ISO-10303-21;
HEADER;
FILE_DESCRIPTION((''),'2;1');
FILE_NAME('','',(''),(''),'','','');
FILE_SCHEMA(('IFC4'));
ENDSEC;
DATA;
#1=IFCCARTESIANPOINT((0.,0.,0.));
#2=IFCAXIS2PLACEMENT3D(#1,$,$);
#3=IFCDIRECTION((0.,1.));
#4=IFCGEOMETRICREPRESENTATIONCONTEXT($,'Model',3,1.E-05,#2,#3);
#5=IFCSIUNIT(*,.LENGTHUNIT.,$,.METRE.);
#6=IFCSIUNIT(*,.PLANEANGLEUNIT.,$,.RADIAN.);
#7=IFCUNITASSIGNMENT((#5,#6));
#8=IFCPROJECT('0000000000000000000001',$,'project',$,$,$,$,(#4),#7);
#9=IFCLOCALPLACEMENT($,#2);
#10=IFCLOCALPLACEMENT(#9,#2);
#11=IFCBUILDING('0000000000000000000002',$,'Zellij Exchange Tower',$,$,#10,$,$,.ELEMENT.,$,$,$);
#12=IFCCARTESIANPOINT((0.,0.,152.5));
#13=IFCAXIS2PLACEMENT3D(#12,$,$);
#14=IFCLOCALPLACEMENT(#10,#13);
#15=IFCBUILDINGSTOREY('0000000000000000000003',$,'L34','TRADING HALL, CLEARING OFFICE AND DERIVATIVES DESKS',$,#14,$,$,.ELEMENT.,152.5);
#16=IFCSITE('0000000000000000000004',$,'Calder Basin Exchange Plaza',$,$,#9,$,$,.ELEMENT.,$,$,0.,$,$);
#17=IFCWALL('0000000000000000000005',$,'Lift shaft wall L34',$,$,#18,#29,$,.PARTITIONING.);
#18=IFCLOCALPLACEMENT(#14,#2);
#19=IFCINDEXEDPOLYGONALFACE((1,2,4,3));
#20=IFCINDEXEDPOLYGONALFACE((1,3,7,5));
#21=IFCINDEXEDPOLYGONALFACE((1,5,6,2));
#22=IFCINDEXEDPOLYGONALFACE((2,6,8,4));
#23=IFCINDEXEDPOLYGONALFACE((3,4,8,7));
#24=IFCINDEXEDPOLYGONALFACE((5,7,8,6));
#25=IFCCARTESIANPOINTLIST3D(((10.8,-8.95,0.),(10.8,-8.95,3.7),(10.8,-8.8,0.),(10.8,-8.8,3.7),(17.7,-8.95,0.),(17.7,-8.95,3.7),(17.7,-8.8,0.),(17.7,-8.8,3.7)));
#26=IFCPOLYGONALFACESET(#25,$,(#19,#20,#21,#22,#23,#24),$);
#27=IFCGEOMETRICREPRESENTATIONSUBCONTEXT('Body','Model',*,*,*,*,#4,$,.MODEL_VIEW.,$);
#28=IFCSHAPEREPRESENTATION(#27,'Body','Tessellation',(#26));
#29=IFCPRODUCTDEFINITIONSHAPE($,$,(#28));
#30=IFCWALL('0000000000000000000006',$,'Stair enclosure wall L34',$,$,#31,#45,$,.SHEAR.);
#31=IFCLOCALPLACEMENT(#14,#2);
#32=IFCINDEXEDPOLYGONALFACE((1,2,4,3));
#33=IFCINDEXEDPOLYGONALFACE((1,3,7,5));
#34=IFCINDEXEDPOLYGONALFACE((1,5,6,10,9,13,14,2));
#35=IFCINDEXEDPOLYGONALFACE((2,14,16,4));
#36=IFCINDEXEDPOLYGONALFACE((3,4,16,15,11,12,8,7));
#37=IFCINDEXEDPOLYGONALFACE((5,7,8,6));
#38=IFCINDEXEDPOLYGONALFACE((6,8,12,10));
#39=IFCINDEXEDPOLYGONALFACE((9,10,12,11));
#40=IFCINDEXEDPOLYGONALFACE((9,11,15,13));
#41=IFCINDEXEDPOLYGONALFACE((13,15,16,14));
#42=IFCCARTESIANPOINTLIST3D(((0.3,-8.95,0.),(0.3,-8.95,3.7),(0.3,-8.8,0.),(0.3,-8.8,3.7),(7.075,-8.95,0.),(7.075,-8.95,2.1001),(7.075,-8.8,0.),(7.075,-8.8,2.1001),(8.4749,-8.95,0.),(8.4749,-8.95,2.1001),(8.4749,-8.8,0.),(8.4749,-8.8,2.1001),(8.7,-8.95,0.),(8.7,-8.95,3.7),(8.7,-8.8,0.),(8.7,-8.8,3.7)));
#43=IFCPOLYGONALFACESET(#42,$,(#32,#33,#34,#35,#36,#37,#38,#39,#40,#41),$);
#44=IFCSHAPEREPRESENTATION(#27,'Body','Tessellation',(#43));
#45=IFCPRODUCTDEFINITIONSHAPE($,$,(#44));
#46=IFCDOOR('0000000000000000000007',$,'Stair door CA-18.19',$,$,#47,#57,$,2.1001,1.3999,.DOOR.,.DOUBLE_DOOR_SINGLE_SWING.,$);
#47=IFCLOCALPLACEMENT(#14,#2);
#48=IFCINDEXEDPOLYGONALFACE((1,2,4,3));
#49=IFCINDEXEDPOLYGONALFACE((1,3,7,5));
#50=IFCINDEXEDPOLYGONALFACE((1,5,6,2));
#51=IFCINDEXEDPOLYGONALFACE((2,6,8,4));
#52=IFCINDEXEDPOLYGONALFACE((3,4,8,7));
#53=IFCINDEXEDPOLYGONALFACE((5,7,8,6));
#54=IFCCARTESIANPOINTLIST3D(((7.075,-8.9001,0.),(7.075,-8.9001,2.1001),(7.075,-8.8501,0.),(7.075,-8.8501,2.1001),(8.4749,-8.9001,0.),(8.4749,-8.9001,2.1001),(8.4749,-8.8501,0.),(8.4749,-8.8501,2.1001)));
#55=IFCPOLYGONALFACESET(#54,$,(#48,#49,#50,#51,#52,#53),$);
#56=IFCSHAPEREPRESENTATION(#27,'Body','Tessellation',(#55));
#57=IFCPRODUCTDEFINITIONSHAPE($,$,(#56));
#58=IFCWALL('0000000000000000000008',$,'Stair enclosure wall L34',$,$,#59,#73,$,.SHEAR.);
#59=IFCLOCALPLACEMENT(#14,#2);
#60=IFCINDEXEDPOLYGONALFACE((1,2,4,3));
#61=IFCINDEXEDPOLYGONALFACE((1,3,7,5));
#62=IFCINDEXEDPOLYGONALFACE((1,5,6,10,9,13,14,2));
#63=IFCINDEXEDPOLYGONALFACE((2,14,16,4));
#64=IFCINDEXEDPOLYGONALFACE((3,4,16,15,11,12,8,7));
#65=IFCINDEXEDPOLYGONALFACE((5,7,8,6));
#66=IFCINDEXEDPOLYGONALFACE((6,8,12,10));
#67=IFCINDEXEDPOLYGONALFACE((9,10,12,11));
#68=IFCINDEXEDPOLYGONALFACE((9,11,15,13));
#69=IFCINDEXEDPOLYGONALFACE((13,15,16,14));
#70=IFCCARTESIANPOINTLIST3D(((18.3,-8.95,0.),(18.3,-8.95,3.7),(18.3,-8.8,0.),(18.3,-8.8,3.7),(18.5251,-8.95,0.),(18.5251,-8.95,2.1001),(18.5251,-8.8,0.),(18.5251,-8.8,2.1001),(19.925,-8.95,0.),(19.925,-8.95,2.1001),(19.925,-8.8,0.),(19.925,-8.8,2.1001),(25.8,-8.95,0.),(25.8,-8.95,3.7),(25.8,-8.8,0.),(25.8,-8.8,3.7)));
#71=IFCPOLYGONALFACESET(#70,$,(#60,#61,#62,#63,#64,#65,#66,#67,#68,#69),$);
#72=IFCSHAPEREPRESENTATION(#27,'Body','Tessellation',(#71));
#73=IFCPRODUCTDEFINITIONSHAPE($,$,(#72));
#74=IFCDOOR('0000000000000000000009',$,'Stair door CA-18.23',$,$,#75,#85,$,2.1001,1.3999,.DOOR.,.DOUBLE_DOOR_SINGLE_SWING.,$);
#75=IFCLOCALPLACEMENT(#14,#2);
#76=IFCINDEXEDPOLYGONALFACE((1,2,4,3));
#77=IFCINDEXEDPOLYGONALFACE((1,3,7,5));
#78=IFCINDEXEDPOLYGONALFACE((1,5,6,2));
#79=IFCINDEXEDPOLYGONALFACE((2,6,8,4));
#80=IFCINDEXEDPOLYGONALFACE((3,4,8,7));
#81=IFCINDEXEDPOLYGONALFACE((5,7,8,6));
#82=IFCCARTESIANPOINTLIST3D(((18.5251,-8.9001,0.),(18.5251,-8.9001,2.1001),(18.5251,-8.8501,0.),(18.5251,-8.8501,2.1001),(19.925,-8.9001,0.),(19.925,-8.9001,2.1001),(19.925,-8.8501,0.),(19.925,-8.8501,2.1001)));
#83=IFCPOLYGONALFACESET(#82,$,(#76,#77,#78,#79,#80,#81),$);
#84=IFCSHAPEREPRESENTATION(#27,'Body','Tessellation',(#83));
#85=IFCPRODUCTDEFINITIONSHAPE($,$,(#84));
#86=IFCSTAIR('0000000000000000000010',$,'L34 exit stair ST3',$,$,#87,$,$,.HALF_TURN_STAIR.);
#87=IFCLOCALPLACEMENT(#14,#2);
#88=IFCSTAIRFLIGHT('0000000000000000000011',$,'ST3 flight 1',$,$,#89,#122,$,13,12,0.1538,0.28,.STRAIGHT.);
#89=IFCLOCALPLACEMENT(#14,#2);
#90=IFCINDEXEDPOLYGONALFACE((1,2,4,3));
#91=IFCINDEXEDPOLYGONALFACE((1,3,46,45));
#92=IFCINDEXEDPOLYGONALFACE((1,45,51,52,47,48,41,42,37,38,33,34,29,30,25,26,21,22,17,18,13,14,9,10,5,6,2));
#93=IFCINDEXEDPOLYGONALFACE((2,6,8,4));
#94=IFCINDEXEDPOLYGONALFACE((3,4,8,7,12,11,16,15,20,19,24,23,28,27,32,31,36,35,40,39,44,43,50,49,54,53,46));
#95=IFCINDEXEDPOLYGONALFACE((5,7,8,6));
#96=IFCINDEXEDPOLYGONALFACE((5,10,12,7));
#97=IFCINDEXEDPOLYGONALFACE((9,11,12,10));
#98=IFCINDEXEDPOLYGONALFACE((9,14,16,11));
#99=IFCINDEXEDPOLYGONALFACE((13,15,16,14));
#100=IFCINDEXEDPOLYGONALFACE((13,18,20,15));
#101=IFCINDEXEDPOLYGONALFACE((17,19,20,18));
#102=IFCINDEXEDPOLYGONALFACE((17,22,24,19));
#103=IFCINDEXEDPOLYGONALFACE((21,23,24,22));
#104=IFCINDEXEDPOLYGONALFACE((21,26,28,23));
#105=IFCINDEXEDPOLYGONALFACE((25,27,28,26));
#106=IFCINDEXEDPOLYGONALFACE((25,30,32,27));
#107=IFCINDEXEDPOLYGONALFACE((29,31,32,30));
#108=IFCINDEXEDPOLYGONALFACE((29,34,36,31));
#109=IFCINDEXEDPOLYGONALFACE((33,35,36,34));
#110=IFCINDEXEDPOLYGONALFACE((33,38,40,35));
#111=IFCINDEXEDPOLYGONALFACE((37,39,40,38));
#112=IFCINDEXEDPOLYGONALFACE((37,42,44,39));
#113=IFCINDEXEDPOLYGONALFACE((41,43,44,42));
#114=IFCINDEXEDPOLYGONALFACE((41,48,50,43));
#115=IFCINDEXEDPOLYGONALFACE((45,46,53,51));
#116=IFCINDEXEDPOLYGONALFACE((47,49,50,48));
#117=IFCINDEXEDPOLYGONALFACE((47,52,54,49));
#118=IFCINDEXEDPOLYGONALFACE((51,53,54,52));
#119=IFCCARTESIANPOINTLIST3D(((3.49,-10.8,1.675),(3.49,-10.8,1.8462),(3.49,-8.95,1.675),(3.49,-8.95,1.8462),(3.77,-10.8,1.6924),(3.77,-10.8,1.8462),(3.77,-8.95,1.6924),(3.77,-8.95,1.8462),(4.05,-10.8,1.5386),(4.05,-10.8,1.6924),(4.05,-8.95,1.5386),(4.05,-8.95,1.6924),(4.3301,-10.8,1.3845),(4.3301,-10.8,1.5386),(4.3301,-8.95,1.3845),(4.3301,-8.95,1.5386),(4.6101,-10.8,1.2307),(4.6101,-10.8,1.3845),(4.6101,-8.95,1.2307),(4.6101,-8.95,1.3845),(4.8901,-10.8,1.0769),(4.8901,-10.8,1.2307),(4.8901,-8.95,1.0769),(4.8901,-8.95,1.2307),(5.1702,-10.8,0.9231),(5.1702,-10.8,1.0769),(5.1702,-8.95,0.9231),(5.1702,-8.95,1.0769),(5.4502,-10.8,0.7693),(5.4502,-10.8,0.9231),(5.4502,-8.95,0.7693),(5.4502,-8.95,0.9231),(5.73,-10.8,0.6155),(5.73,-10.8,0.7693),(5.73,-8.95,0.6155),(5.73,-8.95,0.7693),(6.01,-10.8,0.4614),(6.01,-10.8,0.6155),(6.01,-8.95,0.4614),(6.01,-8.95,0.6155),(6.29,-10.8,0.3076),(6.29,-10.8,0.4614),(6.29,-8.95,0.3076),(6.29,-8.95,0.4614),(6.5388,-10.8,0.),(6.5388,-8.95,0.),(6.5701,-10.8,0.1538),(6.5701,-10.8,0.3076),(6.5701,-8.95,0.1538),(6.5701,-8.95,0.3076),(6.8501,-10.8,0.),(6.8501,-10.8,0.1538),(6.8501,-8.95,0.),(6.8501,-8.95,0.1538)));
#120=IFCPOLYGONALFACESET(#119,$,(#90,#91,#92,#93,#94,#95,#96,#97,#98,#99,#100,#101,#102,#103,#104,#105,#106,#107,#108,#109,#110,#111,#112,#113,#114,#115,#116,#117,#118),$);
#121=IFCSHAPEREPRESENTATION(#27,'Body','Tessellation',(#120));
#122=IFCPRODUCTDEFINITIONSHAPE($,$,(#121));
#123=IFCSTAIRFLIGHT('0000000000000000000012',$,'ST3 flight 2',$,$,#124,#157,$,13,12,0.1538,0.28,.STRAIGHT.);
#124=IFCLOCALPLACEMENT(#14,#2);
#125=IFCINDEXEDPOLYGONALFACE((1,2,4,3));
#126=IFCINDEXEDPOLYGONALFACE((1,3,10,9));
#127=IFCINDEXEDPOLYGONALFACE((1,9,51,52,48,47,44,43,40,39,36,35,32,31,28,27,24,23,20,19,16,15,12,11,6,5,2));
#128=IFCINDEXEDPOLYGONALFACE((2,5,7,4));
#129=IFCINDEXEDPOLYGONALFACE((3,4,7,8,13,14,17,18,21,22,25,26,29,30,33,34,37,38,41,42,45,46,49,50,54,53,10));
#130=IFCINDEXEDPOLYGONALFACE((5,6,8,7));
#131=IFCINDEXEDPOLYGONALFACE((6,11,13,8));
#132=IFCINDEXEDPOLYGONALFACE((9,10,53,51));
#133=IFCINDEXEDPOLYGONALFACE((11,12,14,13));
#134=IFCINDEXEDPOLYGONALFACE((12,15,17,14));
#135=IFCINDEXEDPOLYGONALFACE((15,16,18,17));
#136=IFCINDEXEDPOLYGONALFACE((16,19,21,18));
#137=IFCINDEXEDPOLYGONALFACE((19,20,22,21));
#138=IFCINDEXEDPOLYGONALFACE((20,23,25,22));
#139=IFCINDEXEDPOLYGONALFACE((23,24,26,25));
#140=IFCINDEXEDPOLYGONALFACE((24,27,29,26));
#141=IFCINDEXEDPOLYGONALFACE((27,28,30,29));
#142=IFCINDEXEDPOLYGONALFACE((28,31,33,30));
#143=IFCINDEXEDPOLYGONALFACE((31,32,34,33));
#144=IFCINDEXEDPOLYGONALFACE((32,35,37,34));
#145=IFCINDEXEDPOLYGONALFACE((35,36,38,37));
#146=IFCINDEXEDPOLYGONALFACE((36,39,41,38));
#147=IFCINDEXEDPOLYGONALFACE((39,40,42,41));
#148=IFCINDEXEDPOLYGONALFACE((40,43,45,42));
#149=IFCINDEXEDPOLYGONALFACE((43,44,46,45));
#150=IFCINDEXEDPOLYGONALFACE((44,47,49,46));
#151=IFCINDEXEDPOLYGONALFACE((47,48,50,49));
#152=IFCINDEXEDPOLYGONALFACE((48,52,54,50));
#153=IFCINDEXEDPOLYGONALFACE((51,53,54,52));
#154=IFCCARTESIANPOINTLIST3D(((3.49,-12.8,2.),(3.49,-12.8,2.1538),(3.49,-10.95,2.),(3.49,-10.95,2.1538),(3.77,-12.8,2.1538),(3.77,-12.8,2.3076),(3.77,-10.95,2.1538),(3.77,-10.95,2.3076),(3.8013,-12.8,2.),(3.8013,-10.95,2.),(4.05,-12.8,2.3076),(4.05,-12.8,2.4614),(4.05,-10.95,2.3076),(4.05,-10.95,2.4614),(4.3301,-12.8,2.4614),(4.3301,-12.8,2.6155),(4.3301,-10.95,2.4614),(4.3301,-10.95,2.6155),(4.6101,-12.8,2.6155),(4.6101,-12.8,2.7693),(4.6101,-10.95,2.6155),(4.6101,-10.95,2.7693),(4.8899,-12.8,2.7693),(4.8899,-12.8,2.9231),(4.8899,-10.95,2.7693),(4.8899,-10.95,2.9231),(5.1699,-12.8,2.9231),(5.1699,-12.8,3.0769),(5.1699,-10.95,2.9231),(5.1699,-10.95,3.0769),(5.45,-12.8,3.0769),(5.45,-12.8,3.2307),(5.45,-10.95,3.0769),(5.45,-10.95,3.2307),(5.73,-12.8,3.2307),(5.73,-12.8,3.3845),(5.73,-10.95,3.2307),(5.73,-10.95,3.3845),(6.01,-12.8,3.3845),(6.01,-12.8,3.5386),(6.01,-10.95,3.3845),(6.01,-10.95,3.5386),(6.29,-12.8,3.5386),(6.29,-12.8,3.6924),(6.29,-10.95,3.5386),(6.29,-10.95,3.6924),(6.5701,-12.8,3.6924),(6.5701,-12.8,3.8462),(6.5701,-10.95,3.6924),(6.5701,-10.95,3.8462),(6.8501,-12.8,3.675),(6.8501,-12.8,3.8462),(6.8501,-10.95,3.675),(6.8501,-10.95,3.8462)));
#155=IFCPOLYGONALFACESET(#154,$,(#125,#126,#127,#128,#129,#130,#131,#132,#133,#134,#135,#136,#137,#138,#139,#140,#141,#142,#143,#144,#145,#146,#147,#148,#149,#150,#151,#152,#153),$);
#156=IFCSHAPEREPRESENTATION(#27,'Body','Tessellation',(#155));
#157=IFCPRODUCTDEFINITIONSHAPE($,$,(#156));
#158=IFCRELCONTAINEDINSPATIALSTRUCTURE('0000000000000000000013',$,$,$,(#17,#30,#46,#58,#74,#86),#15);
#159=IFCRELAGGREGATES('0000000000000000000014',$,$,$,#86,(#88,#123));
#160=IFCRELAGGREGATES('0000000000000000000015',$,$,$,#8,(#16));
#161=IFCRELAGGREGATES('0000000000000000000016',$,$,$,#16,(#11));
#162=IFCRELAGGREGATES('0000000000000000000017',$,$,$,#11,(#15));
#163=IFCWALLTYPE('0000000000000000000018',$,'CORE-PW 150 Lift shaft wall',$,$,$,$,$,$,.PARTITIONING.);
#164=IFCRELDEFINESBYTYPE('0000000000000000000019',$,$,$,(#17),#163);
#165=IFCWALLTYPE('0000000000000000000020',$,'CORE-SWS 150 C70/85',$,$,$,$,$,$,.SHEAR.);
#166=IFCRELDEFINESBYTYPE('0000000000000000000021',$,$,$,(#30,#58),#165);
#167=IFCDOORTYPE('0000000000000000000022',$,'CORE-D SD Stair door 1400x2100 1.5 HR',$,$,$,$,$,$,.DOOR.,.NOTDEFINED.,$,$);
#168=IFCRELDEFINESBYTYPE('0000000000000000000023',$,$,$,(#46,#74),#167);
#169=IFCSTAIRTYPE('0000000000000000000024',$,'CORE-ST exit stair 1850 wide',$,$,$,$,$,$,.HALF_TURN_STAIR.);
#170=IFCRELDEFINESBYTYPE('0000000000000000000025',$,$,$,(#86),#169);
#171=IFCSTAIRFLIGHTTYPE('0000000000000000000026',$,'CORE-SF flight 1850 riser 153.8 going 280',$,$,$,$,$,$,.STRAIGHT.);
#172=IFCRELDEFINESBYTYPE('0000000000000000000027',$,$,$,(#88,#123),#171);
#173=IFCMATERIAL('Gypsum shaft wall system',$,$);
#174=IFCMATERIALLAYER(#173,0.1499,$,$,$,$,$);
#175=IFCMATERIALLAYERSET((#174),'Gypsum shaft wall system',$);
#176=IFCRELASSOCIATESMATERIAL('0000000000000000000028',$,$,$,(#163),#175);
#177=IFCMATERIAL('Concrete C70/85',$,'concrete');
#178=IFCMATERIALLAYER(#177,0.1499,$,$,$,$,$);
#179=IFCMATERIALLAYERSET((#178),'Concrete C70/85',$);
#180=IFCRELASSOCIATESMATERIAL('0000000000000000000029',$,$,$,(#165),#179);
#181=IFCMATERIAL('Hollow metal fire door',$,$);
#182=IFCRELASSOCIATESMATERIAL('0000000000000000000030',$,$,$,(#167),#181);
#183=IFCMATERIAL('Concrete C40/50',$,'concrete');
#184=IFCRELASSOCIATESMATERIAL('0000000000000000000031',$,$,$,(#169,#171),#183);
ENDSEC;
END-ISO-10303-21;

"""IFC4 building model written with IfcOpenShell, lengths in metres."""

from ifc_helpers import new_model, si_unit, direction, frame, frame_2d, origin, place, context, subcontext, project, spatial, polyline, rectangle, outline, extrude, material, layer, layer_set, type_object, element, fill, aggregate, save


model = new_model("IFC4")

# Units and contexts
model_context = context("Model", 3, precision=1e-05, world=origin(), true_north=direction((0.0, 1.0)))
body_context = subcontext(model_context, "Body", "Model", "MODEL_VIEW")
ifc_project = project(units=[si_unit("LENGTHUNIT", "METRE"), si_unit("PLANEANGLEUNIT", "RADIAN")], contexts=[model_context])

# Site, building, storey
site_placement = place(None, origin())
site = spatial("IfcSite", under=ifc_project, at=site_placement, Name="Calder Basin Exchange Plaza", CompositionType="ELEMENT", RefElevation=0.0)
building_placement = place(site_placement, origin())
building = spatial("IfcBuilding", under=site, at=building_placement, Name="Zellij Exchange Tower", CompositionType="ELEMENT")
storey_placement = place(building_placement, frame((0.0, 0.0, 152.5)))
storey = spatial("IfcBuildingStorey", under=building, at=storey_placement, Name="L34", Description="TRADING HALL, CLEARING OFFICE AND DERIVATIVES DESKS", CompositionType="ELEMENT", Elevation=152.5)

# Shared definitions
ifc_material_1 = material(Name="Concrete C70/85", Category="concrete")

# Shared definitions
ifc_material_2 = material(Name="Gypsum shaft wall system")
ifc_material_3 = material(Name="Hollow metal fire door")

# Shared definitions
ifc_layer_1 = layer(ifc_material_2, 0.1499)
ifc_layer_set_1 = layer_set([ifc_layer_1], Name="Gypsum shaft wall system")
wall_type_1 = type_object("IfcWallType", Name="CORE-PW 150 Lift shaft wall", PredefinedType="PARTITIONING", material=ifc_layer_set_1)

# Wall
wall_1_placement = place(storey_placement, frame((10.8, -8.875, 0.0), z_axis=(0.0, 0.0, 1.0), x_axis=(1.0, 0.0, 0.0)))
element("IfcWall", 1, at=wall_1_placement, inside=storey, type_object=wall_type_1, Name="Lift shaft wall L34", PredefinedType="PARTITIONING", context=body_context, shape_type="SweptSolid", body=[
    extrude(rectangle(XDim=6.8999, YDim=0.1499, at=frame_2d((3.45, 0.0))), origin(), (0.0, 0.0, 1.0), 3.7),
])

# Walls, openings, doors
ifc_layer_2 = layer(ifc_material_1, 0.1499)
ifc_layer_set_2 = layer_set([ifc_layer_2], Name="Concrete C70/85")
wall_type_2 = type_object("IfcWallType", Name="CORE-SWS 150 C70/85", PredefinedType="SHEAR", material=ifc_layer_set_2)
wall_2_placement = place(storey_placement, frame((0.3, -8.875, 0.0), z_axis=(0.0, 0.0, 1.0), x_axis=(1.0, 0.0, 0.0)))
wall_2 = element("IfcWall", 2, at=wall_2_placement, inside=storey, type_object=wall_type_2, Name="Stair enclosure wall L34", PredefinedType="SHEAR", context=body_context, shape_type="SweptSolid", body=[
    extrude(rectangle(XDim=8.3999, YDim=0.1499, at=frame_2d((4.2, 0.0))), origin(), (0.0, 0.0, 1.0), 3.7),
])
opening_1_placement = place(wall_2_placement, frame((6.7749, 0.0, 0.0)))
opening_1 = element("IfcOpeningElement", 3, at=opening_1_placement, cuts=wall_2, PredefinedType="OPENING", context=body_context, shape_type="SweptSolid", body=[
    extrude(rectangle(XDim=1.3999, YDim=2.1001, at=frame_2d((0.7, 1.05))), frame((0.0, 0.0869, 0.0), z_axis=(0.0, -1.0, 0.0), x_axis=(1.0, 0.0, 0.0)), (0.0, 0.0, 1.0), 0.1738),
])
door_type_1 = type_object("IfcDoorType", Name="CORE-D SD Stair door 1400x2100 1.5 HR", OperationType="NOTDEFINED", PredefinedType="DOOR", material=ifc_material_3)
door_1_placement = place(opening_1_placement, origin())
door_1 = element("IfcDoor", 4, at=door_1_placement, inside=storey, type_object=door_type_1, Name="Stair door CA-18.19", OperationType="DOUBLE_DOOR_SINGLE_SWING", OverallHeight=2.1001, OverallWidth=1.3999, PredefinedType="DOOR", context=body_context, shape_type="SweptSolid", body=[
    extrude(rectangle(XDim=1.3999, YDim=2.1001, at=frame_2d((0.7, 1.05))), frame((0.0, 0.0249, 0.0), z_axis=(0.0, -1.0, 0.0), x_axis=(1.0, 0.0, 0.0)), (0.0, 0.0, 1.0), 0.05),
])
fill(opening_1, door_1)
wall_3_placement = place(storey_placement, frame((18.3, -8.875, 0.0), z_axis=(0.0, 0.0, 1.0), x_axis=(1.0, 0.0, 0.0)))
wall_3 = element("IfcWall", 5, at=wall_3_placement, inside=storey, type_object=wall_type_2, Name="Stair enclosure wall L34", PredefinedType="SHEAR", context=body_context, shape_type="SweptSolid", body=[
    extrude(rectangle(XDim=7.5, YDim=0.1499, at=frame_2d((3.75, 0.0))), origin(), (0.0, 0.0, 1.0), 3.7),
])
opening_2_placement = place(wall_3_placement, frame((0.2251, 0.0, 0.0)))
opening_2 = element("IfcOpeningElement", 6, at=opening_2_placement, cuts=wall_3, PredefinedType="OPENING", context=body_context, shape_type="SweptSolid", body=[
    extrude(rectangle(XDim=1.3999, YDim=2.1001, at=frame_2d((0.7, 1.05))), frame((0.0, 0.0869, 0.0), z_axis=(0.0, -1.0, 0.0), x_axis=(1.0, 0.0, 0.0)), (0.0, 0.0, 1.0), 0.1738),
])
door_2_placement = place(opening_2_placement, origin())
door_2 = element("IfcDoor", 7, at=door_2_placement, inside=storey, type_object=door_type_1, Name="Stair door CA-18.23", OperationType="DOUBLE_DOOR_SINGLE_SWING", OverallHeight=2.1001, OverallWidth=1.3999, PredefinedType="DOOR", context=body_context, shape_type="SweptSolid", body=[
    extrude(rectangle(XDim=1.3999, YDim=2.1001, at=frame_2d((0.7, 1.05))), frame((0.0, 0.0249, 0.0), z_axis=(0.0, -1.0, 0.0), x_axis=(1.0, 0.0, 0.0)), (0.0, 0.0, 1.0), 0.05),
])
fill(opening_2, door_2)

# Stair, stair flights
ifc_material_4 = material(Name="Concrete C40/50", Category="concrete")
stair_type = type_object("IfcStairType", Name="CORE-ST exit stair 1850 wide", PredefinedType="HALF_TURN_STAIR", material=ifc_material_4)
stair_1_placement = place(storey_placement, origin())
stair_1 = element("IfcStair", 8, at=stair_1_placement, inside=storey, type_object=stair_type, Name="L34 exit stair ST3", PredefinedType="HALF_TURN_STAIR")
stair_flight_type = type_object("IfcStairFlightType", Name="CORE-SF flight 1850 riser 153.8 going 280", PredefinedType="STRAIGHT", material=ifc_material_4)
stair_flight_1_placement = place(storey_placement, frame((6.8501, -9.875, 0.0), z_axis=(0.0, 0.0, 1.0), x_axis=(-1.0, 0.0, 0.0)))
stair_flight_1 = element("IfcStairFlight", 9, at=stair_flight_1_placement, type_object=stair_flight_type, Name="ST3 flight 1", NumberOfRisers=13, NumberOfTreads=12, PredefinedType="STRAIGHT", RiserHeight=0.1538, TreadLength=0.28, context=body_context, shape_type="SweptSolid", body=[
    extrude(outline(polyline([(0.0, 0.0), (0.0, 0.1538), (0.28, 0.1538), (0.28, 0.3076), (0.5601, 0.3076), (0.5601, 0.4614), (0.8401, 0.4614), (0.8401, 0.6155), (1.1201, 0.6155), (1.1201, 0.7693), (1.3999, 0.7693), (1.3999, 0.9231), (1.6799, 0.9231), (1.6799, 1.0769), (1.96, 1.0769), (1.96, 1.2307), (2.24, 1.2307), (2.24, 1.3845), (2.52, 1.3845), (2.52, 1.5386), (2.8, 1.5386), (2.8, 1.6924), (3.0801, 1.6924), (3.0801, 1.8462), (3.3601, 1.8462), (3.3601, 2.0), (3.3601, 1.675), (0.3113, 0.0), (0.0, 0.0)])), frame((0.0, 0.925, 0.0), z_axis=(0.0, -1.0, 0.0), x_axis=(1.0, 0.0, 0.0)), (0.0, 0.0, 1.0), 1.8501),
])
stair_flight_2_placement = place(storey_placement, frame((3.49, -11.875, 2.0), z_axis=(0.0, 0.0, 1.0), x_axis=(1.0, 0.0, 0.0)))
stair_flight_2 = element("IfcStairFlight", 10, at=stair_flight_2_placement, type_object=stair_flight_type, Name="ST3 flight 2", NumberOfRisers=13, NumberOfTreads=12, PredefinedType="STRAIGHT", RiserHeight=0.1538, TreadLength=0.28, context=body_context, shape_type="SweptSolid", body=[
    extrude(outline(polyline([(0.0, 0.0), (0.0, 0.1538), (0.28, 0.1538), (0.28, 0.3076), (0.5601, 0.3076), (0.5601, 0.4614), (0.8401, 0.4614), (0.8401, 0.6155), (1.1201, 0.6155), (1.1201, 0.7693), (1.3999, 0.7693), (1.3999, 0.9231), (1.6799, 0.9231), (1.6799, 1.0769), (1.96, 1.0769), (1.96, 1.2307), (2.24, 1.2307), (2.24, 1.3845), (2.52, 1.3845), (2.52, 1.5386), (2.8, 1.5386), (2.8, 1.6924), (3.0801, 1.6924), (3.0801, 1.8462), (3.3601, 1.8462), (3.3601, 2.0), (3.3601, 1.675), (0.3113, 0.0), (0.0, 0.0)])), frame((0.0, 0.925, 0.0), z_axis=(0.0, -1.0, 0.0), x_axis=(1.0, 0.0, 0.0)), (0.0, 0.0, 1.0), 1.8501),
])
aggregate(stair_1, [stair_flight_1, stair_flight_2])

save(model, "model.ifc")
